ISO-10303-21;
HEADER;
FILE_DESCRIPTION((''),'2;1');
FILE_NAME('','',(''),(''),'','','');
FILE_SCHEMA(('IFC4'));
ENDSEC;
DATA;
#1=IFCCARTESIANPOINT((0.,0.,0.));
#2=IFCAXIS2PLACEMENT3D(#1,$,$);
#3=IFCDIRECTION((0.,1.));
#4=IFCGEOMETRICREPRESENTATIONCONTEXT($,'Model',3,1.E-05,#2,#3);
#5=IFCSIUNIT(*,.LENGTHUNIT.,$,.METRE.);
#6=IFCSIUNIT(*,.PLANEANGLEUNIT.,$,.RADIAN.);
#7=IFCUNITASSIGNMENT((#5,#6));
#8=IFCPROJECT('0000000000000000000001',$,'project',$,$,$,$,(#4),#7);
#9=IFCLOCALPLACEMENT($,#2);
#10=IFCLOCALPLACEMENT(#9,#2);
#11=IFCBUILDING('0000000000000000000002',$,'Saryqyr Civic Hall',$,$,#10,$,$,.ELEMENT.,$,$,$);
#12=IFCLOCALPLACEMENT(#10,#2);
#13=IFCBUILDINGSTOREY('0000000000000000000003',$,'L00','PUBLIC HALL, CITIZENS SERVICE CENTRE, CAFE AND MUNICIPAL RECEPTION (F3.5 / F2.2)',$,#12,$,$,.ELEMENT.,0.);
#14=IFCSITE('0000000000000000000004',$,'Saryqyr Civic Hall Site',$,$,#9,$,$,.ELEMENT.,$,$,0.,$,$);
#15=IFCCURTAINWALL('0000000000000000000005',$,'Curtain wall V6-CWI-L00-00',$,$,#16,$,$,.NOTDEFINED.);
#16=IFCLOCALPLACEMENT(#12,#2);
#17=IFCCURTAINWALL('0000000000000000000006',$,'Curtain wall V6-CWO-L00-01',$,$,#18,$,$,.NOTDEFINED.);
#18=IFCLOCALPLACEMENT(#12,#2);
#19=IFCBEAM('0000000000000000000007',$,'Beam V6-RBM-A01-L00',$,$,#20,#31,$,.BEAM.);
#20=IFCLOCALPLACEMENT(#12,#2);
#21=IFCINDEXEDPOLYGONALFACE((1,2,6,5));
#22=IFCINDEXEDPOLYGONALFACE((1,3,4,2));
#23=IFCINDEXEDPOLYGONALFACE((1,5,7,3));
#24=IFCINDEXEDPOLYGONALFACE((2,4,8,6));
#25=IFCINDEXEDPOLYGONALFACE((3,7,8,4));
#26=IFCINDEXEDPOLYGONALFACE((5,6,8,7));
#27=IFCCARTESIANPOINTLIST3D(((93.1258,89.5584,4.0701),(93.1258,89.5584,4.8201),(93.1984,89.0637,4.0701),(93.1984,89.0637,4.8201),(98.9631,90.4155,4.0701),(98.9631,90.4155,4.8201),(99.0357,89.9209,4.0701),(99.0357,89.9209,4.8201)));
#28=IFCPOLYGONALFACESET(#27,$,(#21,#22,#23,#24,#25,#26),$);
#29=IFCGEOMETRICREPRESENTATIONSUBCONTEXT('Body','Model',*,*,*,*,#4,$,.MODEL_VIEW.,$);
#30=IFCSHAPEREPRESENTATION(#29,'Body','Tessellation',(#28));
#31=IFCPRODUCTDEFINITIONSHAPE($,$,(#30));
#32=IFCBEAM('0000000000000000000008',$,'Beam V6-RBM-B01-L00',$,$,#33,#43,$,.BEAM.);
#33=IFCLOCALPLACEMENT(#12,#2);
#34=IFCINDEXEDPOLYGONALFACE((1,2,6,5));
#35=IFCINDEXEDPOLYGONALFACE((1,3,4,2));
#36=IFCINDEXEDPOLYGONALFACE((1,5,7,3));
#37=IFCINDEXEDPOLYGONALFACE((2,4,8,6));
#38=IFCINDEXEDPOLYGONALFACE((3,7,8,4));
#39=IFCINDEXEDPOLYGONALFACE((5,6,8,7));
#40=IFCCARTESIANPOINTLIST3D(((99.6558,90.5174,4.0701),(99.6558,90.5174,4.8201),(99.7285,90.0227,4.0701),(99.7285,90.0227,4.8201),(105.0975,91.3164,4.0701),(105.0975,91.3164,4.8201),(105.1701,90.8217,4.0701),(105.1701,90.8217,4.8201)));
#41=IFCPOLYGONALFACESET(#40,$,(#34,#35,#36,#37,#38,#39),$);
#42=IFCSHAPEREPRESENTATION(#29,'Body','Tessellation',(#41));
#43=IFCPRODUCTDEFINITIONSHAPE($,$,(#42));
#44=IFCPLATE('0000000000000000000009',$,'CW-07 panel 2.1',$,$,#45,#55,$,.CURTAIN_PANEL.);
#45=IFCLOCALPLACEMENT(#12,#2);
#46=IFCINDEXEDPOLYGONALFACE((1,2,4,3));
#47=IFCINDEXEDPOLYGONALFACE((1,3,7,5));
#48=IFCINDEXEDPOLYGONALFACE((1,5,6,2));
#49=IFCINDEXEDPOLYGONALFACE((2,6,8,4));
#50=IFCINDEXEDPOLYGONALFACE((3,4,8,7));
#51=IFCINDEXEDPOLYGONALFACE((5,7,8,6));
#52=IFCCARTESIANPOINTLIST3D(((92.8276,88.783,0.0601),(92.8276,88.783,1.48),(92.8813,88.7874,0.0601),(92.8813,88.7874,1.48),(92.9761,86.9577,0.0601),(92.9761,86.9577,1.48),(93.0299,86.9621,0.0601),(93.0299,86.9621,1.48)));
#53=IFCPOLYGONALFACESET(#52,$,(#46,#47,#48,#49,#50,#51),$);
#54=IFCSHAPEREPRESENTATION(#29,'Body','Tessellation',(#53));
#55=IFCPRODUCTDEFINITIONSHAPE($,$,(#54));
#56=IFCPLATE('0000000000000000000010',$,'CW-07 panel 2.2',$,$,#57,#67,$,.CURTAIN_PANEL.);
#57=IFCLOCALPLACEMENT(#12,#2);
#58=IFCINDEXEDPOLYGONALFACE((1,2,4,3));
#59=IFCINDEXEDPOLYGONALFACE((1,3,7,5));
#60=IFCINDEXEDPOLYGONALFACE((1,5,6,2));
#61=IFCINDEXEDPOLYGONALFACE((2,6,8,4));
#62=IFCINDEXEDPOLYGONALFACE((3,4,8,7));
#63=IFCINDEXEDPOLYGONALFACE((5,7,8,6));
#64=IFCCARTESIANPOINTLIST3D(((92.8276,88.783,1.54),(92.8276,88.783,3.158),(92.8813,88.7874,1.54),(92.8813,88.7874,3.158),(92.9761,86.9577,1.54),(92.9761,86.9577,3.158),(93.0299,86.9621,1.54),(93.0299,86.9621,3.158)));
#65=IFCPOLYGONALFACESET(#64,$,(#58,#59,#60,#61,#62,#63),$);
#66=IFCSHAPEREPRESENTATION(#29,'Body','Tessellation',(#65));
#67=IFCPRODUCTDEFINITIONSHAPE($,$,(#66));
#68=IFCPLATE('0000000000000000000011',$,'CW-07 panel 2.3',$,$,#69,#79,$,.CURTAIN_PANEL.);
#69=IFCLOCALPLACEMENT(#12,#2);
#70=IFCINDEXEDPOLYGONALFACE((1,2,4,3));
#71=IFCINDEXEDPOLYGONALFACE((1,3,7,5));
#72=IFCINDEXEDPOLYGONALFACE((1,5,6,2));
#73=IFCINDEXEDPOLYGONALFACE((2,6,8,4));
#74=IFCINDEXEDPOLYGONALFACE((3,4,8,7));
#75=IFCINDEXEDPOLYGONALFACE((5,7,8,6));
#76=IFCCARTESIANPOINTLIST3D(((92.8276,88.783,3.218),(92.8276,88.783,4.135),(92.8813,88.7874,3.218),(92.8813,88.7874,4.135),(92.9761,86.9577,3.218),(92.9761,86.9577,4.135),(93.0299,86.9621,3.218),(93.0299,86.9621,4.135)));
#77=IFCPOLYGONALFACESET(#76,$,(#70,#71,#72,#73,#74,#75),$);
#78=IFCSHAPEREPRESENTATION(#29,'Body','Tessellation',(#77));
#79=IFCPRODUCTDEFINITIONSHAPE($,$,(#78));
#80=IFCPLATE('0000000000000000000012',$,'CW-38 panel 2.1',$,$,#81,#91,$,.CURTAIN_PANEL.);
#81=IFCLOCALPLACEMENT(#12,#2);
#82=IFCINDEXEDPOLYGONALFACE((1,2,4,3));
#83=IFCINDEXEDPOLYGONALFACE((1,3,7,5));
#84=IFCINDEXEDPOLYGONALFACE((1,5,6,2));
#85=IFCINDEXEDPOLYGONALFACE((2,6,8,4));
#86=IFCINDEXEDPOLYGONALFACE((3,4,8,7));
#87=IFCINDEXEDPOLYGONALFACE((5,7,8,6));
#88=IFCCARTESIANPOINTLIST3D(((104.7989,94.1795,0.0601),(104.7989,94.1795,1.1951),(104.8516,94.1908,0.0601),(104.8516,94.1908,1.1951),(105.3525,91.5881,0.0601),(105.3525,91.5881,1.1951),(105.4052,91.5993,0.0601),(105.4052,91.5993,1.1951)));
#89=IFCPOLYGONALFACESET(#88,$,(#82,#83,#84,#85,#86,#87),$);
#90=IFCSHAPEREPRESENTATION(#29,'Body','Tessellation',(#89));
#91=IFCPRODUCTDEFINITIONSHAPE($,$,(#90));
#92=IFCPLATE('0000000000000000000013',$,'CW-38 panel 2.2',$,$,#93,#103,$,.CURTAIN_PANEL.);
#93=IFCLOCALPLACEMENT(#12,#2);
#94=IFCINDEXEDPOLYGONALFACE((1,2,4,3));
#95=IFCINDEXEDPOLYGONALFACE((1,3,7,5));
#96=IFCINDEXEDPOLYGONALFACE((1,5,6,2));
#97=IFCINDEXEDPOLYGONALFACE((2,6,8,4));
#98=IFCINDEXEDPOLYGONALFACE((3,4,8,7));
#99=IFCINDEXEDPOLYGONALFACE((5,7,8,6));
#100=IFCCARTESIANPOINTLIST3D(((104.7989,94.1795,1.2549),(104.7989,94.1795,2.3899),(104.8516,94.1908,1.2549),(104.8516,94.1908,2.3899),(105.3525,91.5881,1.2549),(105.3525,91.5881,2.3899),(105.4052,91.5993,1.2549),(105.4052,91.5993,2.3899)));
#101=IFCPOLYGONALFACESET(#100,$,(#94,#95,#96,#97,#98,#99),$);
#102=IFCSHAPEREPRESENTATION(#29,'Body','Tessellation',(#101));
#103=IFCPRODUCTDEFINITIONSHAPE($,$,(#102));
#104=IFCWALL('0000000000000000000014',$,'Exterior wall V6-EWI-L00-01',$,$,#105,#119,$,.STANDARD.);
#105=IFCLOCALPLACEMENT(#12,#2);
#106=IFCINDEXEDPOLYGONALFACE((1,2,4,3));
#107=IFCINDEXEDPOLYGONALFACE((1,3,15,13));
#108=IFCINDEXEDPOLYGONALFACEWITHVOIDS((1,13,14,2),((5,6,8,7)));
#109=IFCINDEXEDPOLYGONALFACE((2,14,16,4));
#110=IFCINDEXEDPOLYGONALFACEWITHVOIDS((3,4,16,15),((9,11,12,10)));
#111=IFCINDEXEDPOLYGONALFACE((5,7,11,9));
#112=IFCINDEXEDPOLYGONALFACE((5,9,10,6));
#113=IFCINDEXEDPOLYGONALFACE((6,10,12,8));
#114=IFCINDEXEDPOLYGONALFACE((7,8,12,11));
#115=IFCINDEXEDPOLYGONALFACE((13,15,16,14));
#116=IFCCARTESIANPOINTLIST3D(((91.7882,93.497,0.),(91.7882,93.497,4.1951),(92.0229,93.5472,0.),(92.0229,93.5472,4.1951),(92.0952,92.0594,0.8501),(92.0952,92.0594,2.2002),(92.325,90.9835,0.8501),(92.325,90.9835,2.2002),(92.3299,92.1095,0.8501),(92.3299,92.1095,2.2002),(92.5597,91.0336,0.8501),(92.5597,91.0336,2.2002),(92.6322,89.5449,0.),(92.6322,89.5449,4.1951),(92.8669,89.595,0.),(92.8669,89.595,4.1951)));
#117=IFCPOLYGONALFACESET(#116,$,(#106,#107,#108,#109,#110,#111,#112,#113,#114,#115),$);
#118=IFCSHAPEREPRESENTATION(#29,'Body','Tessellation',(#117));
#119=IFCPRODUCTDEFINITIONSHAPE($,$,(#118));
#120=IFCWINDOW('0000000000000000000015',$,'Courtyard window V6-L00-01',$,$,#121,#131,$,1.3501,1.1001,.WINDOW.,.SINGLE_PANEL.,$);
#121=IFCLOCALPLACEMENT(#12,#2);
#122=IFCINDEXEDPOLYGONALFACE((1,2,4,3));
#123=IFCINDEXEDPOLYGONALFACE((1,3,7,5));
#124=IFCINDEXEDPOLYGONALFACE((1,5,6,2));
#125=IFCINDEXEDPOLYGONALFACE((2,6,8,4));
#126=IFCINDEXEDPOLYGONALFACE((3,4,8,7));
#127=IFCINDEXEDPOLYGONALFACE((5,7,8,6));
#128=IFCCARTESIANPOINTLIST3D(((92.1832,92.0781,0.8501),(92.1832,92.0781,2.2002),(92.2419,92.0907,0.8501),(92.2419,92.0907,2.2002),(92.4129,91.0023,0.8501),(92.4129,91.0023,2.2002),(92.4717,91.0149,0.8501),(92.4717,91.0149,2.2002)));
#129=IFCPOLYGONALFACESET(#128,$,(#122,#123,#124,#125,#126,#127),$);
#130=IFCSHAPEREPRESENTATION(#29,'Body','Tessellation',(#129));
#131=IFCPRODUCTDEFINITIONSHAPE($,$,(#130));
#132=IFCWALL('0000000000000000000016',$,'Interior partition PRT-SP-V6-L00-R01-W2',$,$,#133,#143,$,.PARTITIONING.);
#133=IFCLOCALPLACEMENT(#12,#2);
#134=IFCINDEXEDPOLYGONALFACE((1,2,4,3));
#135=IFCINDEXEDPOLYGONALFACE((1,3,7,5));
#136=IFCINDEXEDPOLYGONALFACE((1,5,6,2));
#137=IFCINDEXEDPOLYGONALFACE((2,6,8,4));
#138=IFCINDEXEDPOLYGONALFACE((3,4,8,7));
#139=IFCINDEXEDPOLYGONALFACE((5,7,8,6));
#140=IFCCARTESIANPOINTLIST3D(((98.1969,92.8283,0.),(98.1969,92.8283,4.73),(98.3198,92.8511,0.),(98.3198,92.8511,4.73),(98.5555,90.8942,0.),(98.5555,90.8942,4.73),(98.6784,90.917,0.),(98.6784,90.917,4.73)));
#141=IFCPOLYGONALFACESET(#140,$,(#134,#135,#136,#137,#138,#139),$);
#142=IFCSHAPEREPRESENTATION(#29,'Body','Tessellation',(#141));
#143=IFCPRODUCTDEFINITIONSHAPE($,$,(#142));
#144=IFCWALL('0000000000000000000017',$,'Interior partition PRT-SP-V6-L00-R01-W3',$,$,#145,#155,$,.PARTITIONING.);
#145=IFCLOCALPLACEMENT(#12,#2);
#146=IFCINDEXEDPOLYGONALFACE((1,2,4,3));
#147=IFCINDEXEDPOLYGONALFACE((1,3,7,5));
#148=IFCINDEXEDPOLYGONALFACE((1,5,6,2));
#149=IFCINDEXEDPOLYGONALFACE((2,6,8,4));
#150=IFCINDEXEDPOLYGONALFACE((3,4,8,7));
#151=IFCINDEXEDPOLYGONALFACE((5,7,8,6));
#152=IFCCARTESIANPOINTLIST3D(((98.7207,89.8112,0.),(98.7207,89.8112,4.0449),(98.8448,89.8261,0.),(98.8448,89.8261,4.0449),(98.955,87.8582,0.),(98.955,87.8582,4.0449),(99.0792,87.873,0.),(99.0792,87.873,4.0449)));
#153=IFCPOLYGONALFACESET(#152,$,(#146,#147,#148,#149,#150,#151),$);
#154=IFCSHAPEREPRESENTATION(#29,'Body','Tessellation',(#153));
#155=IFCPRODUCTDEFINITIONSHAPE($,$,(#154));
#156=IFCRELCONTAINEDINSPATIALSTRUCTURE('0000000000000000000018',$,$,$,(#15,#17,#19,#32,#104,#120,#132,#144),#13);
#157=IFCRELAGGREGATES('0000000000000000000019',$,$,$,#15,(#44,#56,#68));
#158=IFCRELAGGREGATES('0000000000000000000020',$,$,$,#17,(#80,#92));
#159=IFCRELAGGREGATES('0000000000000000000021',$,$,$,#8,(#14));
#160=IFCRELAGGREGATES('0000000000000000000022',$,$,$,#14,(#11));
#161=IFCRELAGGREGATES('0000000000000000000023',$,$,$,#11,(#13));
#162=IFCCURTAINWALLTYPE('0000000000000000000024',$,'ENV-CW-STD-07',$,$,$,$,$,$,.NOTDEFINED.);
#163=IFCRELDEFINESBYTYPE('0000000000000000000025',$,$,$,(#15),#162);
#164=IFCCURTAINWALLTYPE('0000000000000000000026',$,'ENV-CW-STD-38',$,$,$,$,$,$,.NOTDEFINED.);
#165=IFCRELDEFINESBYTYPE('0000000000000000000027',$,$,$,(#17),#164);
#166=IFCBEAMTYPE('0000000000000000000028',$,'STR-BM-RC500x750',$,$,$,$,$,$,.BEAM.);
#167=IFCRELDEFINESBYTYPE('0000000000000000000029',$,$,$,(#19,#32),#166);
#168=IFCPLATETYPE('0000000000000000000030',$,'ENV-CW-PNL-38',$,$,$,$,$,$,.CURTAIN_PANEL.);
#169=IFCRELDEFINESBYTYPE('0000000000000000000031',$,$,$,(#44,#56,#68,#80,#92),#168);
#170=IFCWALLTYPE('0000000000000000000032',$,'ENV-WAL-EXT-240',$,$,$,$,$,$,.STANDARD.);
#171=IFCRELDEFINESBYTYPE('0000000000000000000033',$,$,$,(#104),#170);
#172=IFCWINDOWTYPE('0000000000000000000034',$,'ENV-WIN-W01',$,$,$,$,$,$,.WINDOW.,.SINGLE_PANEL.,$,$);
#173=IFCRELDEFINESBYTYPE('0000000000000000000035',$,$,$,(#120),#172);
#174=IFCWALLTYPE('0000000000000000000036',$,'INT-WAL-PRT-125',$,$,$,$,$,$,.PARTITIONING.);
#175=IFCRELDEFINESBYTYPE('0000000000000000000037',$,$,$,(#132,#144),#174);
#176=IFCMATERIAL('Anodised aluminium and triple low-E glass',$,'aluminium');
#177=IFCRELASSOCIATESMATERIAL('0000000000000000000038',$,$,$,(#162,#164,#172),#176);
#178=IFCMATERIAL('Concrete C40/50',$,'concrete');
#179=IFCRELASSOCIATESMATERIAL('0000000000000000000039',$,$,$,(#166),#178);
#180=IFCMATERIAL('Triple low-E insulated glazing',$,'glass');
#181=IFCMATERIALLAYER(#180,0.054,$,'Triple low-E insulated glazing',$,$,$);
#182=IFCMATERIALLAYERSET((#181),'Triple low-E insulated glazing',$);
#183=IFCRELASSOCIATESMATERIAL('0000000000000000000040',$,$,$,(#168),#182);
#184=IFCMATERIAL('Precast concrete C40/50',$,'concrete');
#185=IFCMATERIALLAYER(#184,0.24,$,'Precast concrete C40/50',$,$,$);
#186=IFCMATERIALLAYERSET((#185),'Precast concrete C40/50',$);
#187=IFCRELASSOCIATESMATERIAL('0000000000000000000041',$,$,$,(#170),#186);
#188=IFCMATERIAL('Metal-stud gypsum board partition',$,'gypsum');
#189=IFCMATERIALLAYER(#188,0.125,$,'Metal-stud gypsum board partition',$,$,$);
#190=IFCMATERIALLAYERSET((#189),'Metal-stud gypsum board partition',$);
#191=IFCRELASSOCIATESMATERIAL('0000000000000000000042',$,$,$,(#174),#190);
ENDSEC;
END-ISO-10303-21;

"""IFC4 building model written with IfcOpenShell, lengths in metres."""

from ifc_helpers import new_model, si_unit, direction, frame, frame_2d, origin, origin_2d, place, context, subcontext, project, spatial, rectangle, extrude, material, layer, layer_set, material_profile, profile_set, type_object, element, fill, aggregate, save


model = new_model("IFC4")

# Units and contexts
model_context = context("Model", 3, precision=1e-05, world=origin(), true_north=direction((0.0, 1.0)))
body_context = subcontext(model_context, "Body", "Model", "MODEL_VIEW")
ifc_project = project(units=[si_unit("LENGTHUNIT", "METRE"), si_unit("PLANEANGLEUNIT", "RADIAN")], contexts=[model_context])

# Site, building, storey
site_placement = place(None, origin())
site = spatial("IfcSite", under=ifc_project, at=site_placement, Name="Saryqyr Civic Hall Site", CompositionType="ELEMENT", RefElevation=0.0)
building_placement = place(site_placement, origin())
building = spatial("IfcBuilding", under=site, at=building_placement, Name="Saryqyr Civic Hall", CompositionType="ELEMENT")
storey_placement = place(building_placement, origin())
storey = spatial("IfcBuildingStorey", under=building, at=storey_placement, Name="L00", Description="PUBLIC HALL, CITIZENS SERVICE CENTRE, CAFE AND MUNICIPAL RECEPTION (F3.5 / F2.2)", CompositionType="ELEMENT", Elevation=0.0)

# Shared definitions
ifc_material_1 = material(Name="Concrete C40/50", Category="concrete")

# Curtain walls
ifc_material_2 = material(Name="Anodised aluminium and triple low-E glass", Category="aluminium")
curtain_wall_type_1 = type_object("IfcCurtainWallType", Name="ENV-CW-STD-07", PredefinedType="NOTDEFINED", material=ifc_material_2)
curtain_wall_1_placement = place(storey_placement, origin())
curtain_wall_1 = element("IfcCurtainWall", 1, at=curtain_wall_1_placement, inside=storey, type_object=curtain_wall_type_1, Name="Curtain wall V6-CWI-L00-00", PredefinedType="NOTDEFINED")
curtain_wall_type_2 = type_object("IfcCurtainWallType", Name="ENV-CW-STD-38", PredefinedType="NOTDEFINED", material=ifc_material_2)
curtain_wall_2_placement = place(storey_placement, origin())
curtain_wall_2 = element("IfcCurtainWall", 2, at=curtain_wall_2_placement, inside=storey, type_object=curtain_wall_type_2, Name="Curtain wall V6-CWO-L00-01", PredefinedType="NOTDEFINED")

# Beams
ifc_material_profile_1 = material_profile(ifc_material_1, rectangle(XDim=0.5, YDim=0.75, at=origin_2d()), Name="RC 500x750")
ifc_profile_set_1 = profile_set([ifc_material_profile_1], Name="Concrete C40/50")
beam_type_1 = type_object("IfcBeamType", Name="STR-BM-RC500x750", PredefinedType="BEAM", material=ifc_profile_set_1)
beam_1_placement = place(storey_placement, frame((93.1621, 89.311, 4.4451), z_axis=(0.98939, 0.145284, 0.0), x_axis=(-0.145284, 0.98939, 0.0)))
element("IfcBeam", 3, at=beam_1_placement, inside=storey, type_object=beam_type_1, Name="Beam V6-RBM-A01-L00", PredefinedType="BEAM", context=body_context, shape_type="SweptSolid", body=[
    extrude(rectangle(XDim=0.5, YDim=0.75, at=origin_2d()), origin(), (0.0, 0.0, 1.0), 5.8999),
])
beam_2_placement = place(storey_placement, frame((99.6921, 90.27, 4.4451), z_axis=(0.98939, 0.145286, 0.0), x_axis=(-0.145286, 0.98939, 0.0)))
element("IfcBeam", 4, at=beam_2_placement, inside=storey, type_object=beam_type_1, Name="Beam V6-RBM-B01-L00", PredefinedType="BEAM", context=body_context, shape_type="SweptSolid", body=[
    extrude(rectangle(XDim=0.5, YDim=0.75, at=origin_2d()), origin(), (0.0, 0.0, 1.0), 5.5),
])

# Plates
ifc_material_3 = material(Name="Triple low-E insulated glazing", Category="glass")
ifc_layer_1 = layer(ifc_material_3, 0.054, Name="Triple low-E insulated glazing")
ifc_layer_set_1 = layer_set([ifc_layer_1], Name="Triple low-E insulated glazing")
plate_type = type_object("IfcPlateType", Name="ENV-CW-PNL-38", PredefinedType="CURTAIN_PANEL", material=ifc_layer_set_1)
plate_1_placement = place(storey_placement, frame((92.9287, 87.8726, 0.0601), z_axis=(0.0, 0.0, 1.0), x_axis=(-0.081092, 0.996707, 0.0)))
plate_1 = element("IfcPlate", 5, at=plate_1_placement, type_object=plate_type, Name="CW-07 panel 2.1", PredefinedType="CURTAIN_PANEL", context=body_context, shape_type="SweptSolid", body=[
    extrude(rectangle(XDim=1.8313, YDim=0.054, at=origin_2d()), origin(), (0.0, 0.0, 1.0), 1.4199),
])
plate_2_placement = place(storey_placement, frame((92.9287, 87.8726, 1.54), z_axis=(0.0, 0.0, 1.0), x_axis=(-0.081092, 0.996707, 0.0)))
plate_2 = element("IfcPlate", 6, at=plate_2_placement, type_object=plate_type, Name="CW-07 panel 2.2", PredefinedType="CURTAIN_PANEL", context=body_context, shape_type="SweptSolid", body=[
    extrude(rectangle(XDim=1.8313, YDim=0.054, at=origin_2d()), origin(), (0.0, 0.0, 1.0), 1.6179),
])
plate_3_placement = place(storey_placement, frame((92.9287, 87.8726, 3.218), z_axis=(0.0, 0.0, 1.0), x_axis=(-0.081092, 0.996707, 0.0)))
plate_3 = element("IfcPlate", 7, at=plate_3_placement, type_object=plate_type, Name="CW-07 panel 2.3", PredefinedType="CURTAIN_PANEL", context=body_context, shape_type="SweptSolid", body=[
    extrude(rectangle(XDim=1.8313, YDim=0.054, at=origin_2d()), origin(), (0.0, 0.0, 1.0), 0.917),
])
aggregate(curtain_wall_1, [plate_1, plate_2, plate_3])
plate_4_placement = place(storey_placement, frame((105.1021, 92.8894, 0.0601), z_axis=(0.0, 0.0, 1.0), x_axis=(0.208916, -0.977934, 0.0)))
plate_4 = element("IfcPlate", 8, at=plate_4_placement, type_object=plate_type, Name="CW-38 panel 2.1", PredefinedType="CURTAIN_PANEL", context=body_context, shape_type="SweptSolid", body=[
    extrude(rectangle(XDim=2.6499, YDim=0.054, at=origin_2d()), origin(), (0.0, 0.0, 1.0), 1.135),
])
plate_5_placement = place(storey_placement, frame((105.1021, 92.8894, 1.2549), z_axis=(0.0, 0.0, 1.0), x_axis=(0.208916, -0.977934, 0.0)))
plate_5 = element("IfcPlate", 9, at=plate_5_placement, type_object=plate_type, Name="CW-38 panel 2.2", PredefinedType="CURTAIN_PANEL", context=body_context, shape_type="SweptSolid", body=[
    extrude(rectangle(XDim=2.6499, YDim=0.054, at=origin_2d()), origin(), (0.0, 0.0, 1.0), 1.135),
])
aggregate(curtain_wall_2, [plate_4, plate_5])

# Wall, opening, window
ifc_material_4 = material(Name="Precast concrete C40/50", Category="concrete")
ifc_layer_2 = layer(ifc_material_4, 0.24, Name="Precast concrete C40/50")
ifc_layer_set_2 = layer_set([ifc_layer_2], Name="Precast concrete C40/50")
wall_type_1 = type_object("IfcWallType", Name="ENV-WAL-EXT-240", PredefinedType="STANDARD", material=ifc_layer_set_2)
wall_1_placement = place(storey_placement, frame((92.7495, 89.5701, 0.0), z_axis=(0.0, 0.0, 1.0), x_axis=(-0.208844, 0.977949, 0.0)))
wall_1 = element("IfcWall", 10, at=wall_1_placement, inside=storey, type_object=wall_type_1, Name="Exterior wall V6-EWI-L00-01", PredefinedType="STANDARD", context=body_context, shape_type="SweptSolid", body=[
    extrude(rectangle(XDim=4.0413, YDim=0.24, at=frame_2d((2.0205, 0.0))), origin(), (0.0, 0.0, 1.0), 4.1951),
])
opening_placement = place(wall_1_placement, frame((1.4709, 0.0, 0.8501)))
opening = element("IfcOpeningElement", 11, at=opening_placement, cuts=wall_1, PredefinedType="OPENING", context=body_context, shape_type="SweptSolid", body=[
    extrude(rectangle(XDim=1.1001, YDim=1.3501, at=frame_2d((0.55, 0.675))), frame((0.0, 0.1299, 0.0), z_axis=(0.0, -1.0, 0.0), x_axis=(1.0, 0.0, 0.0)), (0.0, 0.0, 1.0), 0.26),
])
window_type = type_object("IfcWindowType", Name="ENV-WIN-W01", PartitioningType="SINGLE_PANEL", PredefinedType="WINDOW", material=ifc_material_2)
window_placement = place(opening_placement, origin())
window = element("IfcWindow", 12, at=window_placement, inside=storey, type_object=window_type, Name="Courtyard window V6-L00-01", OverallHeight=1.3501, OverallWidth=1.1001, PartitioningType="SINGLE_PANEL", PredefinedType="WINDOW", context=body_context, shape_type="SweptSolid", body=[
    extrude(rectangle(XDim=1.1001, YDim=1.3501, at=frame_2d((0.55, 0.675))), frame((0.0, 0.03, 0.0), z_axis=(0.0, -1.0, 0.0), x_axis=(1.0, 0.0, 0.0)), (0.0, 0.0, 1.0), 0.0601),
])
fill(opening, window)

# Walls
ifc_material_5 = material(Name="Metal-stud gypsum board partition", Category="gypsum")
ifc_layer_3 = layer(ifc_material_5, 0.125, Name="Metal-stud gypsum board partition")
ifc_layer_set_3 = layer_set([ifc_layer_3], Name="Metal-stud gypsum board partition")
wall_type_2 = type_object("IfcWallType", Name="INT-WAL-PRT-125", PredefinedType="PARTITIONING", material=ifc_layer_set_3)
wall_2_placement = place(storey_placement, frame((98.6169, 90.9058, 0.0), z_axis=(0.0, 0.0, 1.0), x_axis=(-0.182325, 0.983238, 0.0)))
element("IfcWall", 13, at=wall_2_placement, inside=storey, type_object=wall_type_2, Name="Interior partition PRT-SP-V6-L00-R01-W2", PredefinedType="PARTITIONING", context=body_context, shape_type="SweptSolid", body=[
    extrude(rectangle(XDim=1.967, YDim=0.125, at=frame_2d((0.9834, 0.0))), origin(), (0.0, 0.0, 1.0), 4.73),
])
wall_3_placement = place(storey_placement, frame((99.0171, 87.8657, 0.0), z_axis=(0.0, 0.0, 1.0), x_axis=(-0.119145, 0.992877, 0.0)))
element("IfcWall", 14, at=wall_3_placement, inside=storey, type_object=wall_type_2, Name="Interior partition PRT-SP-V6-L00-R01-W3", PredefinedType="PARTITIONING", context=body_context, shape_type="SweptSolid", body=[
    extrude(rectangle(XDim=1.967, YDim=0.125, at=frame_2d((0.9834, 0.0))), origin(), (0.0, 0.0, 1.0), 4.0449),
])

save(model, "model.ifc")
